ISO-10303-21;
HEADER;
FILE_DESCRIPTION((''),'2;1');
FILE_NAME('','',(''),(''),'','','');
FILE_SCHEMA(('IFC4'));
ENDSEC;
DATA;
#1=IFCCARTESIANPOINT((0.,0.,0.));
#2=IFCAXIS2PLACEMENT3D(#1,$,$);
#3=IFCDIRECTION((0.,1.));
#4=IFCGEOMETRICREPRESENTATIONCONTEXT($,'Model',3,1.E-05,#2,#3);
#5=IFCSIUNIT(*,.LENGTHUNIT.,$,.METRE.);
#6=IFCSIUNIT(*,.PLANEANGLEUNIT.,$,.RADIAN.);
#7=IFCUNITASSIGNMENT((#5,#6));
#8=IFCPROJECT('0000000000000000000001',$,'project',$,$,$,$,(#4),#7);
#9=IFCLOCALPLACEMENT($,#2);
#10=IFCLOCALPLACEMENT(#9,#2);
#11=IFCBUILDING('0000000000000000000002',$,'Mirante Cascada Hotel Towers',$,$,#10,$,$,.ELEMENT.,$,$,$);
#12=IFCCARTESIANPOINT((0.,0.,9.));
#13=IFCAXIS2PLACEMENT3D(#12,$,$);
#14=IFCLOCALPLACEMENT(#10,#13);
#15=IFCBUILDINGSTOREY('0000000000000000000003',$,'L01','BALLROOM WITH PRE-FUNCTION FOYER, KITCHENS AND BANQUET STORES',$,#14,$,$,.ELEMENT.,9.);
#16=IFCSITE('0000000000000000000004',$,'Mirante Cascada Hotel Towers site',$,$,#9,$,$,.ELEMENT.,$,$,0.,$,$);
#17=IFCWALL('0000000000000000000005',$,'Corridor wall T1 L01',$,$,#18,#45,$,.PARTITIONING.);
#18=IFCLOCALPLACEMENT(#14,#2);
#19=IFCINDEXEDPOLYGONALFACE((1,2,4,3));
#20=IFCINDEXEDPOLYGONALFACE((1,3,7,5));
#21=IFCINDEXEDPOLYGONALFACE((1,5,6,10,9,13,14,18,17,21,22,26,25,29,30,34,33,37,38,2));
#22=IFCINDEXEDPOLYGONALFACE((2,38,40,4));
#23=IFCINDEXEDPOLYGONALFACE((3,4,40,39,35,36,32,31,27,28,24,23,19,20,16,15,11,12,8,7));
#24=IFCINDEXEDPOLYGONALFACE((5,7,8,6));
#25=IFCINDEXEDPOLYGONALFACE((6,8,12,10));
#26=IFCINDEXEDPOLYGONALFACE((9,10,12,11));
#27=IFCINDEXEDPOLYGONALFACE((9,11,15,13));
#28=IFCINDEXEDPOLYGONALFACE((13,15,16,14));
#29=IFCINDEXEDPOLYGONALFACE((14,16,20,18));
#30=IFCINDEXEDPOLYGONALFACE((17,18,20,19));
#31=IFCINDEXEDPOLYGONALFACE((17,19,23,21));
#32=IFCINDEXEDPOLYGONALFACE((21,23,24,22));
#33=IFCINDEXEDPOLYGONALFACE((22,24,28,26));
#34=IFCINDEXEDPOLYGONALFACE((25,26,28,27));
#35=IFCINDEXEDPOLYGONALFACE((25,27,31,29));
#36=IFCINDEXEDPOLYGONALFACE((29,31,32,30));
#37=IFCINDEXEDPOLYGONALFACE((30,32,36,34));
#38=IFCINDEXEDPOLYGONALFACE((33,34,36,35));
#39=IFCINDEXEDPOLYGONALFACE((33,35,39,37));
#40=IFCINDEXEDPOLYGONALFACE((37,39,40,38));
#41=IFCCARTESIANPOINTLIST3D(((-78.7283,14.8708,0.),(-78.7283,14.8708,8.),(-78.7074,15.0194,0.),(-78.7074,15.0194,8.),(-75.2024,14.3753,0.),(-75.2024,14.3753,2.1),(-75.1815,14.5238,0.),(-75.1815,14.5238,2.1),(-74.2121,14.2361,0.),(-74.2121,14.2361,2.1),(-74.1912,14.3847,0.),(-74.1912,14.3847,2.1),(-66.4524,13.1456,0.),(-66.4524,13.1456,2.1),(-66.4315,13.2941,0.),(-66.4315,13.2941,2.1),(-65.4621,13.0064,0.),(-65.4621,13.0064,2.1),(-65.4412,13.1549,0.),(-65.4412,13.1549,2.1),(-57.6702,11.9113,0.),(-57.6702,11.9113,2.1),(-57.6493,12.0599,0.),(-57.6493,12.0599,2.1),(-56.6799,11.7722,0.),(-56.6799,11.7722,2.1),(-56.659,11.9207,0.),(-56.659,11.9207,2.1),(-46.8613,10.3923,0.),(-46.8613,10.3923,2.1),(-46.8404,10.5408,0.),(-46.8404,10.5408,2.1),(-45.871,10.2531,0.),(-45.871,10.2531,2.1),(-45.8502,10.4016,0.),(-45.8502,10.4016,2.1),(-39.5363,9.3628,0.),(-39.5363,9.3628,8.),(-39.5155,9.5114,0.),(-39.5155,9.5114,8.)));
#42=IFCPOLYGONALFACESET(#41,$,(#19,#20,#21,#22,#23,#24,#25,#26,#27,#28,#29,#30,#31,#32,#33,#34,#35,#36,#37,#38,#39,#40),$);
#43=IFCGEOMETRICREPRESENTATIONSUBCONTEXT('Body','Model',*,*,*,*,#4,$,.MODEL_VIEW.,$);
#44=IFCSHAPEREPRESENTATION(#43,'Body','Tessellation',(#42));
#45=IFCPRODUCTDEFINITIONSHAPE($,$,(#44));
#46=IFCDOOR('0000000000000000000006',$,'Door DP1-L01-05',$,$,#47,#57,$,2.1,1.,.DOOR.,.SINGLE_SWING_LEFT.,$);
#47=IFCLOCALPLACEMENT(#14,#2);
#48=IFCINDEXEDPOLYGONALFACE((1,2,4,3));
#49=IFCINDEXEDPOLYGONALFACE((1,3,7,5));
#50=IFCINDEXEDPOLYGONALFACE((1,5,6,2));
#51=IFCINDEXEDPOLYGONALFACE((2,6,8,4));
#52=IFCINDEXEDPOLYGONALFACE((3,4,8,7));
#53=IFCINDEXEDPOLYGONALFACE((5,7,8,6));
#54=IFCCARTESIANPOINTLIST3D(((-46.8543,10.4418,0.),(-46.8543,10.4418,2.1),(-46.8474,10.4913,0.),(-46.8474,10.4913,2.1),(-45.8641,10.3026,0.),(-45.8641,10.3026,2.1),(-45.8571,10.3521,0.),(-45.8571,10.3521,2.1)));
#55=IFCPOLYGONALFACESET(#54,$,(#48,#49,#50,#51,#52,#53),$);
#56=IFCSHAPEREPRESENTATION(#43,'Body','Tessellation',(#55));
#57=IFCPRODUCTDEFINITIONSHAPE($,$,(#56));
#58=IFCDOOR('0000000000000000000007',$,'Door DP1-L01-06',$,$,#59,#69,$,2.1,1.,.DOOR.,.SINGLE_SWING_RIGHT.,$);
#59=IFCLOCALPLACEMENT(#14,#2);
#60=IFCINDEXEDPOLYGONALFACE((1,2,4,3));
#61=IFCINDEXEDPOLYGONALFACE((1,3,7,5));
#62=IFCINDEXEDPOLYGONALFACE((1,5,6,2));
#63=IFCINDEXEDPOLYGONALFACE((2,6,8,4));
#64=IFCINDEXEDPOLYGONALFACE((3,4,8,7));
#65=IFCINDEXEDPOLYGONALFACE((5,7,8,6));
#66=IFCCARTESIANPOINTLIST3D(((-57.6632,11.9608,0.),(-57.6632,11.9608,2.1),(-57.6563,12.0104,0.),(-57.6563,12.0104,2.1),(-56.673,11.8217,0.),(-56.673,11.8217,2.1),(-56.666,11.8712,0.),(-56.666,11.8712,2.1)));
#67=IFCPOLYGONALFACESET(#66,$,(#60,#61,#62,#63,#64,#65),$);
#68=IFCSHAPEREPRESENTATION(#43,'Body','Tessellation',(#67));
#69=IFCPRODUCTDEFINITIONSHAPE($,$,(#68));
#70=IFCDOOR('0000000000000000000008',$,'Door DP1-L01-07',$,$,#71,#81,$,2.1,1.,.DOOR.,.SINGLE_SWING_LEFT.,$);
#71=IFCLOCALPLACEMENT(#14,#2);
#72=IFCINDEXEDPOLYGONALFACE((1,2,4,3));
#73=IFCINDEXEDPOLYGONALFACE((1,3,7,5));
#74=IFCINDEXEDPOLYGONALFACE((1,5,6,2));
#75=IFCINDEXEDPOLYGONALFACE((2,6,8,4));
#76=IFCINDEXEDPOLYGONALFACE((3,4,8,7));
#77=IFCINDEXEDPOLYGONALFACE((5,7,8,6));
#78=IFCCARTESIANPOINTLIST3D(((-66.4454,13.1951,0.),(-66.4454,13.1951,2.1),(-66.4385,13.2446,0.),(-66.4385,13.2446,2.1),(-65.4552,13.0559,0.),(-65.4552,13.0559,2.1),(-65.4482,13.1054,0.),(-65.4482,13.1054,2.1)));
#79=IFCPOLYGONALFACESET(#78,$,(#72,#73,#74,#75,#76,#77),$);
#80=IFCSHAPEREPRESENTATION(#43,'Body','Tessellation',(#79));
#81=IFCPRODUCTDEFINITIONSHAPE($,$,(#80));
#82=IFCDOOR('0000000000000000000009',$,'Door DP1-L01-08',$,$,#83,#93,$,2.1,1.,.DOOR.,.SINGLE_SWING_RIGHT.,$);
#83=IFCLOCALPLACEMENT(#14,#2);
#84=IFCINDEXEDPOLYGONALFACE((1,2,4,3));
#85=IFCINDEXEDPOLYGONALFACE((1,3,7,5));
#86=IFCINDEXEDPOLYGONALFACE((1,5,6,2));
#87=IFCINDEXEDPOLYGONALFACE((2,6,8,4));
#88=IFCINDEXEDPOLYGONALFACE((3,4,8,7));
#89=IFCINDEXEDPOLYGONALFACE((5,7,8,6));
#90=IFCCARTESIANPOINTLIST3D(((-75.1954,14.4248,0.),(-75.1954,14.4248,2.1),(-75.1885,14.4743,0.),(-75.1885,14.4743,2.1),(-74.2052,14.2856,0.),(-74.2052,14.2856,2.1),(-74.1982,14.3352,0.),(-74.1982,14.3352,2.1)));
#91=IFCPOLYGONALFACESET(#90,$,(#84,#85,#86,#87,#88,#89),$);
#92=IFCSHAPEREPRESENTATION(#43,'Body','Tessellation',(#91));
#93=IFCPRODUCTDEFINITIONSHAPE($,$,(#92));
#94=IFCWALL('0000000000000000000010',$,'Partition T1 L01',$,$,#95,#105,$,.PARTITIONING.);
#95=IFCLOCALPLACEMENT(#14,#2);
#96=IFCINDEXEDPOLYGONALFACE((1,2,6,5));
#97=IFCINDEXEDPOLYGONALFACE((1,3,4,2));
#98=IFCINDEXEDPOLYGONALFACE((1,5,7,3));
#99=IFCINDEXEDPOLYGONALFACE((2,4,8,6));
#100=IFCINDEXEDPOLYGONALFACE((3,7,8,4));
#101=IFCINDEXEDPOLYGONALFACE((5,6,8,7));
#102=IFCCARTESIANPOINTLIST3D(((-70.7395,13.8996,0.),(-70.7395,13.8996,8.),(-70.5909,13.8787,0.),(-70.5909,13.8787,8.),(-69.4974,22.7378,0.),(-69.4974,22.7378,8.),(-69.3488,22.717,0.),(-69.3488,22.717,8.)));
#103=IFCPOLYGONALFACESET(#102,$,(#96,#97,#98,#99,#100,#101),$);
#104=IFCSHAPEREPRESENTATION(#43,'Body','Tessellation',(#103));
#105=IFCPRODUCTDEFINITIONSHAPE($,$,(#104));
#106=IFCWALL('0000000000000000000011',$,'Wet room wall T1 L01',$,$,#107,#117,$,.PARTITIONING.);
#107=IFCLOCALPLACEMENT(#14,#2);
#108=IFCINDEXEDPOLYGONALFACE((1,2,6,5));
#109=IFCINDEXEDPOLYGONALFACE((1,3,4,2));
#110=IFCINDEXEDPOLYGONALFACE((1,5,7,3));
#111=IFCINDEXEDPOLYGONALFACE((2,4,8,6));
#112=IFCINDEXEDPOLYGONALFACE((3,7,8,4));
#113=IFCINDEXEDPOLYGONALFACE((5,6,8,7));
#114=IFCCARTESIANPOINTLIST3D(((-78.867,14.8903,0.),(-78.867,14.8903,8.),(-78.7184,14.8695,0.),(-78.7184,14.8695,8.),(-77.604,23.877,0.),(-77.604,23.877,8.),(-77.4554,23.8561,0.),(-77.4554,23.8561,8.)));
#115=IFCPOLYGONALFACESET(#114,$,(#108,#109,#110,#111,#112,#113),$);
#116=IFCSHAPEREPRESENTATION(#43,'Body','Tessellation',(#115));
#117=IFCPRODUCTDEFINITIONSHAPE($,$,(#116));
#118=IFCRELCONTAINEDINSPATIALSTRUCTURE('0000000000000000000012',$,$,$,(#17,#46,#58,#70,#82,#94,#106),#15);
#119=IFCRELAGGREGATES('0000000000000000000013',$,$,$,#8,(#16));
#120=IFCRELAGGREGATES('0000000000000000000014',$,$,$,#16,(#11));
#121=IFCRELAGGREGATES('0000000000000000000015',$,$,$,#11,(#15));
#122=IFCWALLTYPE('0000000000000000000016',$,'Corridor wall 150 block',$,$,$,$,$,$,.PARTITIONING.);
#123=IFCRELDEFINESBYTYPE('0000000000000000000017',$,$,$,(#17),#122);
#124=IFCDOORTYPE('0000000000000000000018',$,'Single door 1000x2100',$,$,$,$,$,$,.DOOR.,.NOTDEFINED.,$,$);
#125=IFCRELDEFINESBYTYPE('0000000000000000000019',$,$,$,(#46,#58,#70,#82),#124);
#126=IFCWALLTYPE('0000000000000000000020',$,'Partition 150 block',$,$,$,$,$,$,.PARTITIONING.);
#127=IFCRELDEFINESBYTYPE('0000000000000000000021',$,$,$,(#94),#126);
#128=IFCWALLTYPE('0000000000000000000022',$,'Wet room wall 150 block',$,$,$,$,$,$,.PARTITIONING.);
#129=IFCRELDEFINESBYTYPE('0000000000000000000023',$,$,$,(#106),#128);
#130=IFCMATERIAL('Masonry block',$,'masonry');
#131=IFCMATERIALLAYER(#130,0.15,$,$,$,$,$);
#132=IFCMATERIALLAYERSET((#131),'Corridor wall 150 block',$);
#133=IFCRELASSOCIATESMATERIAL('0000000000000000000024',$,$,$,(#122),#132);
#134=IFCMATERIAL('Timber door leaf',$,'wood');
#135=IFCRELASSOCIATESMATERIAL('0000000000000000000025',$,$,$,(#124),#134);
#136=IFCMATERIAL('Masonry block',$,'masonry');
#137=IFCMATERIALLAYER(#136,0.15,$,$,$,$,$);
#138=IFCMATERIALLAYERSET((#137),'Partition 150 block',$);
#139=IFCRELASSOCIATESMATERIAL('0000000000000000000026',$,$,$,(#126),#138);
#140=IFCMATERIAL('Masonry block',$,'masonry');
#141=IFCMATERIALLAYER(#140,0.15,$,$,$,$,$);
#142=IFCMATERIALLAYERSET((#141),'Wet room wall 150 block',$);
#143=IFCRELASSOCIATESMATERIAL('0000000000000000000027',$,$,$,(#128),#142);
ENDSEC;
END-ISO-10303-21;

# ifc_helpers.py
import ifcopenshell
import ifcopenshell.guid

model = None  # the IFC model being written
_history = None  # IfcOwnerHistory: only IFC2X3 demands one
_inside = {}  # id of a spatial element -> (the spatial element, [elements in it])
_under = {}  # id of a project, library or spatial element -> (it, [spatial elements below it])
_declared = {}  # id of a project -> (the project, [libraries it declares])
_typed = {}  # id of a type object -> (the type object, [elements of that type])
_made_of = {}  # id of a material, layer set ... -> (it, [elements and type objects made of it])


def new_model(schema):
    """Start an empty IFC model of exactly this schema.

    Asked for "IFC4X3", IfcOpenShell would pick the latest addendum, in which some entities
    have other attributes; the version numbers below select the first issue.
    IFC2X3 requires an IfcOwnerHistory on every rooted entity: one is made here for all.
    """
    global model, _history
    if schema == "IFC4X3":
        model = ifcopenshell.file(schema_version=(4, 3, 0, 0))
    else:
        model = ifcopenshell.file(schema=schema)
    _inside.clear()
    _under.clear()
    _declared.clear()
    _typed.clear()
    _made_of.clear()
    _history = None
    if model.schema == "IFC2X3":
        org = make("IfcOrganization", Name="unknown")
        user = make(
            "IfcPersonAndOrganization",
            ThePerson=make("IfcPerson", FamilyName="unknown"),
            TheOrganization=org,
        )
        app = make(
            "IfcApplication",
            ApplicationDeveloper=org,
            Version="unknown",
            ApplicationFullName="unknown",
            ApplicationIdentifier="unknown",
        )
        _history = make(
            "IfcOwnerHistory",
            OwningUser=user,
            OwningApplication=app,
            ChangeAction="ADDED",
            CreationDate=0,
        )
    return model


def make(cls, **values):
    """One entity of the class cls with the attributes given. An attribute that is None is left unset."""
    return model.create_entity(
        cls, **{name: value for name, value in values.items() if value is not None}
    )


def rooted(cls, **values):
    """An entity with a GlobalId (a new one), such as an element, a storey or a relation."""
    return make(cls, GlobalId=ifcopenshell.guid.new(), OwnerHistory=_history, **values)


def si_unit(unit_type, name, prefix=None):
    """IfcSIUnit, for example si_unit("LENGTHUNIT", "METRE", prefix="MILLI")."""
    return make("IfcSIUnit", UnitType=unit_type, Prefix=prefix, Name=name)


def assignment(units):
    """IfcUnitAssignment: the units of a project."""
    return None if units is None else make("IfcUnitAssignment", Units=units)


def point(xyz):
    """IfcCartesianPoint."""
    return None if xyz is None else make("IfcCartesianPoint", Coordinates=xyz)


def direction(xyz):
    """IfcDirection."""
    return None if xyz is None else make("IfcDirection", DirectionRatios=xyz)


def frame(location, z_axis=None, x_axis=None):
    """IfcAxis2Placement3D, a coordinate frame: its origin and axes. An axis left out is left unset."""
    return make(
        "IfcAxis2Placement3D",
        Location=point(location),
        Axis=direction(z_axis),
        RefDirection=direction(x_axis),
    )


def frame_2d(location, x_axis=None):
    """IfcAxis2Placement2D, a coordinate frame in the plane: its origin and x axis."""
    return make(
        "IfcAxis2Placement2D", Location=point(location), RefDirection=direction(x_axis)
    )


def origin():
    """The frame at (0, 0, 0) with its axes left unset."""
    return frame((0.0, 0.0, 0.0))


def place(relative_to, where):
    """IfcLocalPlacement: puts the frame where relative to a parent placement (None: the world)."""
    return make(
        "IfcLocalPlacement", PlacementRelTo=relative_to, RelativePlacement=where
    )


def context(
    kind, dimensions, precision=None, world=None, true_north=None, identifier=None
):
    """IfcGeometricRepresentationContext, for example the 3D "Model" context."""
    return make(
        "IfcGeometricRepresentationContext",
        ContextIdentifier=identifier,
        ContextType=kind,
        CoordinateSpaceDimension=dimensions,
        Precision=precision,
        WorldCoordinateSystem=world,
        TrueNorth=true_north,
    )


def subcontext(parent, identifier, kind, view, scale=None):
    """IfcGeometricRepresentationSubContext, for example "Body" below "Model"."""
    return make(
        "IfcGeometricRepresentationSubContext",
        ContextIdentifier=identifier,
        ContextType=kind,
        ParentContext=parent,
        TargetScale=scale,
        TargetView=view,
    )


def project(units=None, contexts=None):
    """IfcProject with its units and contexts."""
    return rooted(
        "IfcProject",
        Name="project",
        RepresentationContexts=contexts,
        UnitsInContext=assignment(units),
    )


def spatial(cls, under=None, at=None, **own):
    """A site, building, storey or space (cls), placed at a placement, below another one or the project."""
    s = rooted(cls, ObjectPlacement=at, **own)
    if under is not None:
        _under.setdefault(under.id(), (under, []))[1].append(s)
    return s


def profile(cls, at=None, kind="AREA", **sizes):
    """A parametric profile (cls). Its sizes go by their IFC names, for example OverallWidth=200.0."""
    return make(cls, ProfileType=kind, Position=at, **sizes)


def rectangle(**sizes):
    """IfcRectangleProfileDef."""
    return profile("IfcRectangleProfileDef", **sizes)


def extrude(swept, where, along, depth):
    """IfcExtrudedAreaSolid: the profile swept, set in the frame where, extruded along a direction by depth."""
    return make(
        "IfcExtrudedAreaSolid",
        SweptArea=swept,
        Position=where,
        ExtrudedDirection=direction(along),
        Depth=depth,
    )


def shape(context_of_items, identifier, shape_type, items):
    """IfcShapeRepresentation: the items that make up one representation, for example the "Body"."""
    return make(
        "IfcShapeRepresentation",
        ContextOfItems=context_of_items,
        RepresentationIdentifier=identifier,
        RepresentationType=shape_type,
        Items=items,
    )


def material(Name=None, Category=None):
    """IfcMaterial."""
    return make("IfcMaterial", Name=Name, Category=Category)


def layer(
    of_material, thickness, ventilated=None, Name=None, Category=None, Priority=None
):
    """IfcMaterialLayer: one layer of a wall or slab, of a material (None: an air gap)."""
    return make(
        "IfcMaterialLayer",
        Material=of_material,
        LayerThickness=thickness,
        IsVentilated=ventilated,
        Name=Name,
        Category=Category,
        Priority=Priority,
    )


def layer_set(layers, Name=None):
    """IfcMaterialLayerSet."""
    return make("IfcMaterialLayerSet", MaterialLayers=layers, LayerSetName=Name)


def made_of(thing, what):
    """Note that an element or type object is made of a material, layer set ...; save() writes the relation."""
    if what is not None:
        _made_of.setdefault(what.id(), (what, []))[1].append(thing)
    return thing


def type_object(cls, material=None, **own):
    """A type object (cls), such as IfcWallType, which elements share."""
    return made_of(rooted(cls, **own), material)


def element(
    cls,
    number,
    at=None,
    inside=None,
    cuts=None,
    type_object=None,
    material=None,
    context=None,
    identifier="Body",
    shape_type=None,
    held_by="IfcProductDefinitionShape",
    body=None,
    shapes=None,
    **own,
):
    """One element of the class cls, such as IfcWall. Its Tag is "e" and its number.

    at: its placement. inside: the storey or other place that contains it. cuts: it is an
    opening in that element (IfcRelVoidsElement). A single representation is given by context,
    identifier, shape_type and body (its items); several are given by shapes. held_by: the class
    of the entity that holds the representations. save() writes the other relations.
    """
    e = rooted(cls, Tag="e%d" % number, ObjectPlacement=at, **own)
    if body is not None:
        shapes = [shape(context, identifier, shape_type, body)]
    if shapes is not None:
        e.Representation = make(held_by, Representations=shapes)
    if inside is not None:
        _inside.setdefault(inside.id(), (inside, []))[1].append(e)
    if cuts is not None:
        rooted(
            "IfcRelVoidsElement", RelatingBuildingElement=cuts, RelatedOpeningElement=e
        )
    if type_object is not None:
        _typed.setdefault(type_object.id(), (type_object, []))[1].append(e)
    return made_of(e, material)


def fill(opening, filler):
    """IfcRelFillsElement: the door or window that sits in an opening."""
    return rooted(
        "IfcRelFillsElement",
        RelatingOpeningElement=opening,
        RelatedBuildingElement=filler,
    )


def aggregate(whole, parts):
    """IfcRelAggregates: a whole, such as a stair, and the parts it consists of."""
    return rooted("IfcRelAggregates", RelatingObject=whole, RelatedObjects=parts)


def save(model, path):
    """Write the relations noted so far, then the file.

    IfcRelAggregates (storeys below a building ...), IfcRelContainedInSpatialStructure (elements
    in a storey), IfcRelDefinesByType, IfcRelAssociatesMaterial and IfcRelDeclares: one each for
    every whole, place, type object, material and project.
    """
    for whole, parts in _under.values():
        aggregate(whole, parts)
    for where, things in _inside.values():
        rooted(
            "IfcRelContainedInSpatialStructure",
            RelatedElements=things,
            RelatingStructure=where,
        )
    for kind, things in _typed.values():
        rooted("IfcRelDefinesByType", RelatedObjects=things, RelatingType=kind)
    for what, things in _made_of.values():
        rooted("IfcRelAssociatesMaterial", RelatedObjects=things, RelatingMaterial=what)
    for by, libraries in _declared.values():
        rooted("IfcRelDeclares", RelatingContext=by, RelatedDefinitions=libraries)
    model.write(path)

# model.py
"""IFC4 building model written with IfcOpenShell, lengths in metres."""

from ifc_helpers import new_model, si_unit, direction, frame, frame_2d, origin, place, context, subcontext, project, spatial, rectangle, extrude, material, layer, layer_set, type_object, element, fill, save


model = new_model("IFC4")

# Units and contexts
model_context = context("Model", 3, precision=1e-05, world=origin(), true_north=direction((0.0, 1.0)))
body_context = subcontext(model_context, "Body", "Model", "MODEL_VIEW")
ifc_project = project(units=[si_unit("LENGTHUNIT", "METRE"), si_unit("PLANEANGLEUNIT", "RADIAN")], contexts=[model_context])

# Site, building, storey
site_placement = place(None, origin())
site = spatial("IfcSite", under=ifc_project, at=site_placement, Name="Mirante Cascada Hotel Towers site", CompositionType="ELEMENT", RefElevation=0.0)
building_placement = place(site_placement, origin())
building = spatial("IfcBuilding", under=site, at=building_placement, Name="Mirante Cascada Hotel Towers", CompositionType="ELEMENT")
storey_placement = place(building_placement, frame((0.0, 0.0, 9.0)))
storey = spatial("IfcBuildingStorey", under=building, at=storey_placement, Name="L01", Description="BALLROOM WITH PRE-FUNCTION FOYER, KITCHENS AND BANQUET STORES", CompositionType="ELEMENT", Elevation=9.0)

# Wall, openings, doors
ifc_material_1 = material(Name="Masonry block", Category="masonry")
ifc_layer_1 = layer(ifc_material_1, 0.15)
ifc_layer_set_1 = layer_set([ifc_layer_1], Name="Corridor wall 150 block")
wall_type_1 = type_object("IfcWallType", Name="Corridor wall 150 block", PredefinedType="PARTITIONING", material=ifc_layer_set_1)
wall_1_placement = place(storey_placement, frame((-78.7179, 14.9451, 0.0), z_axis=(0.0, 0.0, 1.0), x_axis=(0.990268, -0.139172, 0.0)))
wall_1 = element("IfcWall", 1, at=wall_1_placement, inside=storey, type_object=wall_type_1, Name="Corridor wall T1 L01", PredefinedType="PARTITIONING", context=body_context, shape_type="SweptSolid", body=[
    extrude(rectangle(XDim=39.5771, YDim=0.15, at=frame_2d((19.7886, 0.0))), origin(), (0.0, 0.0, 1.0), 8.0),
])
opening_1_placement = place(wall_1_placement, frame((32.1802, 0.0, 0.0)))
opening_1 = element("IfcOpeningElement", 2, at=opening_1_placement, cuts=wall_1, PredefinedType="OPENING", context=body_context, shape_type="SweptSolid", body=[
    extrude(rectangle(XDim=1.0, YDim=2.1, at=frame_2d((0.5, 1.05))), frame((0.0, 0.075, 0.0), z_axis=(0.0, -1.0, 0.0), x_axis=(1.0, 0.0, 0.0)), (0.0, 0.0, 1.0), 0.15),
])
opening_2_placement = place(wall_1_placement, frame((21.2651, 0.0, 0.0)))
opening_2 = element("IfcOpeningElement", 3, at=opening_2_placement, cuts=wall_1, PredefinedType="OPENING", context=body_context, shape_type="SweptSolid", body=[
    extrude(rectangle(XDim=1.0, YDim=2.1, at=frame_2d((0.5, 1.05))), frame((0.0, 0.075, 0.0), z_axis=(0.0, -1.0, 0.0), x_axis=(1.0, 0.0, 0.0)), (0.0, 0.0, 1.0), 0.15),
])
opening_3_placement = place(wall_1_placement, frame((12.3966, 0.0, 0.0)))
opening_3 = element("IfcOpeningElement", 4, at=opening_3_placement, cuts=wall_1, PredefinedType="OPENING", context=body_context, shape_type="SweptSolid", body=[
    extrude(rectangle(XDim=1.0, YDim=2.1, at=frame_2d((0.5, 1.05))), frame((0.0, 0.075, 0.0), z_axis=(0.0, -1.0, 0.0), x_axis=(1.0, 0.0, 0.0)), (0.0, 0.0, 1.0), 0.15),
])
opening_4_placement = place(wall_1_placement, frame((3.5606, 0.0, 0.0)))
opening_4 = element("IfcOpeningElement", 5, at=opening_4_placement, cuts=wall_1, PredefinedType="OPENING", context=body_context, shape_type="SweptSolid", body=[
    extrude(rectangle(XDim=1.0, YDim=2.1, at=frame_2d((0.5, 1.05))), frame((0.0, 0.075, 0.0), z_axis=(0.0, -1.0, 0.0), x_axis=(1.0, 0.0, 0.0)), (0.0, 0.0, 1.0), 0.15),
])
ifc_material_2 = material(Name="Timber door leaf", Category="wood")
door_type = type_object("IfcDoorType", Name="Single door 1000x2100", OperationType="NOTDEFINED", PredefinedType="DOOR", material=ifc_material_2)
door_1_placement = place(opening_1_placement, frame((1.0, 0.0, 0.0), z_axis=(0.0, 0.0, 1.0), x_axis=(-1.0, 0.0, 0.0)))
door_1 = element("IfcDoor", 6, at=door_1_placement, inside=storey, type_object=door_type, Name="Door DP1-L01-05", OperationType="SINGLE_SWING_LEFT", OverallHeight=2.1, OverallWidth=1.0, PredefinedType="DOOR", context=body_context, shape_type="SweptSolid", body=[
    extrude(rectangle(XDim=1.0, YDim=2.1, at=frame_2d((0.5, 1.05))), frame((0.0, 0.025, 0.0), z_axis=(0.0, -1.0, 0.0), x_axis=(1.0, 0.0, 0.0)), (0.0, 0.0, 1.0), 0.05),
])
fill(opening_1, door_1)
door_2_placement = place(opening_2_placement, origin())
door_2 = element("IfcDoor", 7, at=door_2_placement, inside=storey, type_object=door_type, Name="Door DP1-L01-06", OperationType="SINGLE_SWING_RIGHT", OverallHeight=2.1, OverallWidth=1.0, PredefinedType="DOOR", context=body_context, shape_type="SweptSolid", body=[
    extrude(rectangle(XDim=1.0, YDim=2.1, at=frame_2d((0.5, 1.05))), frame((0.0, 0.025, 0.0), z_axis=(0.0, -1.0, 0.0), x_axis=(1.0, 0.0, 0.0)), (0.0, 0.0, 1.0), 0.05),
])
fill(opening_2, door_2)
door_3_placement = place(opening_3_placement, frame((1.0, 0.0, 0.0), z_axis=(0.0, 0.0, 1.0), x_axis=(-1.0, 0.0, 0.0)))
door_3 = element("IfcDoor", 8, at=door_3_placement, inside=storey, type_object=door_type, Name="Door DP1-L01-07", OperationType="SINGLE_SWING_LEFT", OverallHeight=2.1, OverallWidth=1.0, PredefinedType="DOOR", context=body_context, shape_type="SweptSolid", body=[
    extrude(rectangle(XDim=1.0, YDim=2.1, at=frame_2d((0.5, 1.05))), frame((0.0, 0.025, 0.0), z_axis=(0.0, -1.0, 0.0), x_axis=(1.0, 0.0, 0.0)), (0.0, 0.0, 1.0), 0.05),
])
fill(opening_3, door_3)
door_4_placement = place(opening_4_placement, frame((1.0, 0.0, 0.0), z_axis=(0.0, 0.0, 1.0), x_axis=(-1.0, 0.0, 0.0)))
door_4 = element("IfcDoor", 9, at=door_4_placement, inside=storey, type_object=door_type, Name="Door DP1-L01-08", OperationType="SINGLE_SWING_RIGHT", OverallHeight=2.1, OverallWidth=1.0, PredefinedType="DOOR", context=body_context, shape_type="SweptSolid", body=[
    extrude(rectangle(XDim=1.0, YDim=2.1, at=frame_2d((0.5, 1.05))), frame((0.0, 0.025, 0.0), z_axis=(0.0, -1.0, 0.0), x_axis=(1.0, 0.0, 0.0)), (0.0, 0.0, 1.0), 0.05),
])
fill(opening_4, door_4)

# Walls
ifc_material_3 = material(Name="Masonry block", Category="masonry")
ifc_layer_2 = layer(ifc_material_3, 0.15)
ifc_layer_set_2 = layer_set([ifc_layer_2], Name="Partition 150 block")
wall_type_2 = type_object("IfcWallType", Name="Partition 150 block", PredefinedType="PARTITIONING", material=ifc_layer_set_2)
wall_2_placement = place(storey_placement, frame((-70.6652, 13.8891, 0.0), z_axis=(0.0, 0.0, 1.0), x_axis=(0.13917, 0.990268, 0.0)))
element("IfcWall", 10, at=wall_2_placement, inside=storey, type_object=wall_type_2, Name="Partition T1 L01", PredefinedType="PARTITIONING", context=body_context, shape_type="SweptSolid", body=[
    extrude(rectangle(XDim=8.9251, YDim=0.15, at=frame_2d((4.4626, 0.0))), origin(), (0.0, 0.0, 1.0), 8.0),
])
ifc_material_4 = material(Name="Masonry block", Category="masonry")
ifc_layer_3 = layer(ifc_material_4, 0.15)
ifc_layer_set_3 = layer_set([ifc_layer_3], Name="Wet room wall 150 block")
wall_type_3 = type_object("IfcWallType", Name="Wet room wall 150 block", PredefinedType="PARTITIONING", material=ifc_layer_set_3)
wall_3_placement = place(storey_placement, frame((-78.7927, 14.8799, 0.0), z_axis=(0.0, 0.0, 1.0), x_axis=(0.139173, 0.990268, 0.0)))
element("IfcWall", 11, at=wall_3_placement, inside=storey, type_object=wall_type_3, Name="Wet room wall T1 L01", PredefinedType="PARTITIONING", context=body_context, shape_type="SweptSolid", body=[
    extrude(rectangle(XDim=9.075, YDim=0.15, at=frame_2d((4.5375, 0.0))), origin(), (0.0, 0.0, 1.0), 8.0),
])

save(model, "model.ifc")
